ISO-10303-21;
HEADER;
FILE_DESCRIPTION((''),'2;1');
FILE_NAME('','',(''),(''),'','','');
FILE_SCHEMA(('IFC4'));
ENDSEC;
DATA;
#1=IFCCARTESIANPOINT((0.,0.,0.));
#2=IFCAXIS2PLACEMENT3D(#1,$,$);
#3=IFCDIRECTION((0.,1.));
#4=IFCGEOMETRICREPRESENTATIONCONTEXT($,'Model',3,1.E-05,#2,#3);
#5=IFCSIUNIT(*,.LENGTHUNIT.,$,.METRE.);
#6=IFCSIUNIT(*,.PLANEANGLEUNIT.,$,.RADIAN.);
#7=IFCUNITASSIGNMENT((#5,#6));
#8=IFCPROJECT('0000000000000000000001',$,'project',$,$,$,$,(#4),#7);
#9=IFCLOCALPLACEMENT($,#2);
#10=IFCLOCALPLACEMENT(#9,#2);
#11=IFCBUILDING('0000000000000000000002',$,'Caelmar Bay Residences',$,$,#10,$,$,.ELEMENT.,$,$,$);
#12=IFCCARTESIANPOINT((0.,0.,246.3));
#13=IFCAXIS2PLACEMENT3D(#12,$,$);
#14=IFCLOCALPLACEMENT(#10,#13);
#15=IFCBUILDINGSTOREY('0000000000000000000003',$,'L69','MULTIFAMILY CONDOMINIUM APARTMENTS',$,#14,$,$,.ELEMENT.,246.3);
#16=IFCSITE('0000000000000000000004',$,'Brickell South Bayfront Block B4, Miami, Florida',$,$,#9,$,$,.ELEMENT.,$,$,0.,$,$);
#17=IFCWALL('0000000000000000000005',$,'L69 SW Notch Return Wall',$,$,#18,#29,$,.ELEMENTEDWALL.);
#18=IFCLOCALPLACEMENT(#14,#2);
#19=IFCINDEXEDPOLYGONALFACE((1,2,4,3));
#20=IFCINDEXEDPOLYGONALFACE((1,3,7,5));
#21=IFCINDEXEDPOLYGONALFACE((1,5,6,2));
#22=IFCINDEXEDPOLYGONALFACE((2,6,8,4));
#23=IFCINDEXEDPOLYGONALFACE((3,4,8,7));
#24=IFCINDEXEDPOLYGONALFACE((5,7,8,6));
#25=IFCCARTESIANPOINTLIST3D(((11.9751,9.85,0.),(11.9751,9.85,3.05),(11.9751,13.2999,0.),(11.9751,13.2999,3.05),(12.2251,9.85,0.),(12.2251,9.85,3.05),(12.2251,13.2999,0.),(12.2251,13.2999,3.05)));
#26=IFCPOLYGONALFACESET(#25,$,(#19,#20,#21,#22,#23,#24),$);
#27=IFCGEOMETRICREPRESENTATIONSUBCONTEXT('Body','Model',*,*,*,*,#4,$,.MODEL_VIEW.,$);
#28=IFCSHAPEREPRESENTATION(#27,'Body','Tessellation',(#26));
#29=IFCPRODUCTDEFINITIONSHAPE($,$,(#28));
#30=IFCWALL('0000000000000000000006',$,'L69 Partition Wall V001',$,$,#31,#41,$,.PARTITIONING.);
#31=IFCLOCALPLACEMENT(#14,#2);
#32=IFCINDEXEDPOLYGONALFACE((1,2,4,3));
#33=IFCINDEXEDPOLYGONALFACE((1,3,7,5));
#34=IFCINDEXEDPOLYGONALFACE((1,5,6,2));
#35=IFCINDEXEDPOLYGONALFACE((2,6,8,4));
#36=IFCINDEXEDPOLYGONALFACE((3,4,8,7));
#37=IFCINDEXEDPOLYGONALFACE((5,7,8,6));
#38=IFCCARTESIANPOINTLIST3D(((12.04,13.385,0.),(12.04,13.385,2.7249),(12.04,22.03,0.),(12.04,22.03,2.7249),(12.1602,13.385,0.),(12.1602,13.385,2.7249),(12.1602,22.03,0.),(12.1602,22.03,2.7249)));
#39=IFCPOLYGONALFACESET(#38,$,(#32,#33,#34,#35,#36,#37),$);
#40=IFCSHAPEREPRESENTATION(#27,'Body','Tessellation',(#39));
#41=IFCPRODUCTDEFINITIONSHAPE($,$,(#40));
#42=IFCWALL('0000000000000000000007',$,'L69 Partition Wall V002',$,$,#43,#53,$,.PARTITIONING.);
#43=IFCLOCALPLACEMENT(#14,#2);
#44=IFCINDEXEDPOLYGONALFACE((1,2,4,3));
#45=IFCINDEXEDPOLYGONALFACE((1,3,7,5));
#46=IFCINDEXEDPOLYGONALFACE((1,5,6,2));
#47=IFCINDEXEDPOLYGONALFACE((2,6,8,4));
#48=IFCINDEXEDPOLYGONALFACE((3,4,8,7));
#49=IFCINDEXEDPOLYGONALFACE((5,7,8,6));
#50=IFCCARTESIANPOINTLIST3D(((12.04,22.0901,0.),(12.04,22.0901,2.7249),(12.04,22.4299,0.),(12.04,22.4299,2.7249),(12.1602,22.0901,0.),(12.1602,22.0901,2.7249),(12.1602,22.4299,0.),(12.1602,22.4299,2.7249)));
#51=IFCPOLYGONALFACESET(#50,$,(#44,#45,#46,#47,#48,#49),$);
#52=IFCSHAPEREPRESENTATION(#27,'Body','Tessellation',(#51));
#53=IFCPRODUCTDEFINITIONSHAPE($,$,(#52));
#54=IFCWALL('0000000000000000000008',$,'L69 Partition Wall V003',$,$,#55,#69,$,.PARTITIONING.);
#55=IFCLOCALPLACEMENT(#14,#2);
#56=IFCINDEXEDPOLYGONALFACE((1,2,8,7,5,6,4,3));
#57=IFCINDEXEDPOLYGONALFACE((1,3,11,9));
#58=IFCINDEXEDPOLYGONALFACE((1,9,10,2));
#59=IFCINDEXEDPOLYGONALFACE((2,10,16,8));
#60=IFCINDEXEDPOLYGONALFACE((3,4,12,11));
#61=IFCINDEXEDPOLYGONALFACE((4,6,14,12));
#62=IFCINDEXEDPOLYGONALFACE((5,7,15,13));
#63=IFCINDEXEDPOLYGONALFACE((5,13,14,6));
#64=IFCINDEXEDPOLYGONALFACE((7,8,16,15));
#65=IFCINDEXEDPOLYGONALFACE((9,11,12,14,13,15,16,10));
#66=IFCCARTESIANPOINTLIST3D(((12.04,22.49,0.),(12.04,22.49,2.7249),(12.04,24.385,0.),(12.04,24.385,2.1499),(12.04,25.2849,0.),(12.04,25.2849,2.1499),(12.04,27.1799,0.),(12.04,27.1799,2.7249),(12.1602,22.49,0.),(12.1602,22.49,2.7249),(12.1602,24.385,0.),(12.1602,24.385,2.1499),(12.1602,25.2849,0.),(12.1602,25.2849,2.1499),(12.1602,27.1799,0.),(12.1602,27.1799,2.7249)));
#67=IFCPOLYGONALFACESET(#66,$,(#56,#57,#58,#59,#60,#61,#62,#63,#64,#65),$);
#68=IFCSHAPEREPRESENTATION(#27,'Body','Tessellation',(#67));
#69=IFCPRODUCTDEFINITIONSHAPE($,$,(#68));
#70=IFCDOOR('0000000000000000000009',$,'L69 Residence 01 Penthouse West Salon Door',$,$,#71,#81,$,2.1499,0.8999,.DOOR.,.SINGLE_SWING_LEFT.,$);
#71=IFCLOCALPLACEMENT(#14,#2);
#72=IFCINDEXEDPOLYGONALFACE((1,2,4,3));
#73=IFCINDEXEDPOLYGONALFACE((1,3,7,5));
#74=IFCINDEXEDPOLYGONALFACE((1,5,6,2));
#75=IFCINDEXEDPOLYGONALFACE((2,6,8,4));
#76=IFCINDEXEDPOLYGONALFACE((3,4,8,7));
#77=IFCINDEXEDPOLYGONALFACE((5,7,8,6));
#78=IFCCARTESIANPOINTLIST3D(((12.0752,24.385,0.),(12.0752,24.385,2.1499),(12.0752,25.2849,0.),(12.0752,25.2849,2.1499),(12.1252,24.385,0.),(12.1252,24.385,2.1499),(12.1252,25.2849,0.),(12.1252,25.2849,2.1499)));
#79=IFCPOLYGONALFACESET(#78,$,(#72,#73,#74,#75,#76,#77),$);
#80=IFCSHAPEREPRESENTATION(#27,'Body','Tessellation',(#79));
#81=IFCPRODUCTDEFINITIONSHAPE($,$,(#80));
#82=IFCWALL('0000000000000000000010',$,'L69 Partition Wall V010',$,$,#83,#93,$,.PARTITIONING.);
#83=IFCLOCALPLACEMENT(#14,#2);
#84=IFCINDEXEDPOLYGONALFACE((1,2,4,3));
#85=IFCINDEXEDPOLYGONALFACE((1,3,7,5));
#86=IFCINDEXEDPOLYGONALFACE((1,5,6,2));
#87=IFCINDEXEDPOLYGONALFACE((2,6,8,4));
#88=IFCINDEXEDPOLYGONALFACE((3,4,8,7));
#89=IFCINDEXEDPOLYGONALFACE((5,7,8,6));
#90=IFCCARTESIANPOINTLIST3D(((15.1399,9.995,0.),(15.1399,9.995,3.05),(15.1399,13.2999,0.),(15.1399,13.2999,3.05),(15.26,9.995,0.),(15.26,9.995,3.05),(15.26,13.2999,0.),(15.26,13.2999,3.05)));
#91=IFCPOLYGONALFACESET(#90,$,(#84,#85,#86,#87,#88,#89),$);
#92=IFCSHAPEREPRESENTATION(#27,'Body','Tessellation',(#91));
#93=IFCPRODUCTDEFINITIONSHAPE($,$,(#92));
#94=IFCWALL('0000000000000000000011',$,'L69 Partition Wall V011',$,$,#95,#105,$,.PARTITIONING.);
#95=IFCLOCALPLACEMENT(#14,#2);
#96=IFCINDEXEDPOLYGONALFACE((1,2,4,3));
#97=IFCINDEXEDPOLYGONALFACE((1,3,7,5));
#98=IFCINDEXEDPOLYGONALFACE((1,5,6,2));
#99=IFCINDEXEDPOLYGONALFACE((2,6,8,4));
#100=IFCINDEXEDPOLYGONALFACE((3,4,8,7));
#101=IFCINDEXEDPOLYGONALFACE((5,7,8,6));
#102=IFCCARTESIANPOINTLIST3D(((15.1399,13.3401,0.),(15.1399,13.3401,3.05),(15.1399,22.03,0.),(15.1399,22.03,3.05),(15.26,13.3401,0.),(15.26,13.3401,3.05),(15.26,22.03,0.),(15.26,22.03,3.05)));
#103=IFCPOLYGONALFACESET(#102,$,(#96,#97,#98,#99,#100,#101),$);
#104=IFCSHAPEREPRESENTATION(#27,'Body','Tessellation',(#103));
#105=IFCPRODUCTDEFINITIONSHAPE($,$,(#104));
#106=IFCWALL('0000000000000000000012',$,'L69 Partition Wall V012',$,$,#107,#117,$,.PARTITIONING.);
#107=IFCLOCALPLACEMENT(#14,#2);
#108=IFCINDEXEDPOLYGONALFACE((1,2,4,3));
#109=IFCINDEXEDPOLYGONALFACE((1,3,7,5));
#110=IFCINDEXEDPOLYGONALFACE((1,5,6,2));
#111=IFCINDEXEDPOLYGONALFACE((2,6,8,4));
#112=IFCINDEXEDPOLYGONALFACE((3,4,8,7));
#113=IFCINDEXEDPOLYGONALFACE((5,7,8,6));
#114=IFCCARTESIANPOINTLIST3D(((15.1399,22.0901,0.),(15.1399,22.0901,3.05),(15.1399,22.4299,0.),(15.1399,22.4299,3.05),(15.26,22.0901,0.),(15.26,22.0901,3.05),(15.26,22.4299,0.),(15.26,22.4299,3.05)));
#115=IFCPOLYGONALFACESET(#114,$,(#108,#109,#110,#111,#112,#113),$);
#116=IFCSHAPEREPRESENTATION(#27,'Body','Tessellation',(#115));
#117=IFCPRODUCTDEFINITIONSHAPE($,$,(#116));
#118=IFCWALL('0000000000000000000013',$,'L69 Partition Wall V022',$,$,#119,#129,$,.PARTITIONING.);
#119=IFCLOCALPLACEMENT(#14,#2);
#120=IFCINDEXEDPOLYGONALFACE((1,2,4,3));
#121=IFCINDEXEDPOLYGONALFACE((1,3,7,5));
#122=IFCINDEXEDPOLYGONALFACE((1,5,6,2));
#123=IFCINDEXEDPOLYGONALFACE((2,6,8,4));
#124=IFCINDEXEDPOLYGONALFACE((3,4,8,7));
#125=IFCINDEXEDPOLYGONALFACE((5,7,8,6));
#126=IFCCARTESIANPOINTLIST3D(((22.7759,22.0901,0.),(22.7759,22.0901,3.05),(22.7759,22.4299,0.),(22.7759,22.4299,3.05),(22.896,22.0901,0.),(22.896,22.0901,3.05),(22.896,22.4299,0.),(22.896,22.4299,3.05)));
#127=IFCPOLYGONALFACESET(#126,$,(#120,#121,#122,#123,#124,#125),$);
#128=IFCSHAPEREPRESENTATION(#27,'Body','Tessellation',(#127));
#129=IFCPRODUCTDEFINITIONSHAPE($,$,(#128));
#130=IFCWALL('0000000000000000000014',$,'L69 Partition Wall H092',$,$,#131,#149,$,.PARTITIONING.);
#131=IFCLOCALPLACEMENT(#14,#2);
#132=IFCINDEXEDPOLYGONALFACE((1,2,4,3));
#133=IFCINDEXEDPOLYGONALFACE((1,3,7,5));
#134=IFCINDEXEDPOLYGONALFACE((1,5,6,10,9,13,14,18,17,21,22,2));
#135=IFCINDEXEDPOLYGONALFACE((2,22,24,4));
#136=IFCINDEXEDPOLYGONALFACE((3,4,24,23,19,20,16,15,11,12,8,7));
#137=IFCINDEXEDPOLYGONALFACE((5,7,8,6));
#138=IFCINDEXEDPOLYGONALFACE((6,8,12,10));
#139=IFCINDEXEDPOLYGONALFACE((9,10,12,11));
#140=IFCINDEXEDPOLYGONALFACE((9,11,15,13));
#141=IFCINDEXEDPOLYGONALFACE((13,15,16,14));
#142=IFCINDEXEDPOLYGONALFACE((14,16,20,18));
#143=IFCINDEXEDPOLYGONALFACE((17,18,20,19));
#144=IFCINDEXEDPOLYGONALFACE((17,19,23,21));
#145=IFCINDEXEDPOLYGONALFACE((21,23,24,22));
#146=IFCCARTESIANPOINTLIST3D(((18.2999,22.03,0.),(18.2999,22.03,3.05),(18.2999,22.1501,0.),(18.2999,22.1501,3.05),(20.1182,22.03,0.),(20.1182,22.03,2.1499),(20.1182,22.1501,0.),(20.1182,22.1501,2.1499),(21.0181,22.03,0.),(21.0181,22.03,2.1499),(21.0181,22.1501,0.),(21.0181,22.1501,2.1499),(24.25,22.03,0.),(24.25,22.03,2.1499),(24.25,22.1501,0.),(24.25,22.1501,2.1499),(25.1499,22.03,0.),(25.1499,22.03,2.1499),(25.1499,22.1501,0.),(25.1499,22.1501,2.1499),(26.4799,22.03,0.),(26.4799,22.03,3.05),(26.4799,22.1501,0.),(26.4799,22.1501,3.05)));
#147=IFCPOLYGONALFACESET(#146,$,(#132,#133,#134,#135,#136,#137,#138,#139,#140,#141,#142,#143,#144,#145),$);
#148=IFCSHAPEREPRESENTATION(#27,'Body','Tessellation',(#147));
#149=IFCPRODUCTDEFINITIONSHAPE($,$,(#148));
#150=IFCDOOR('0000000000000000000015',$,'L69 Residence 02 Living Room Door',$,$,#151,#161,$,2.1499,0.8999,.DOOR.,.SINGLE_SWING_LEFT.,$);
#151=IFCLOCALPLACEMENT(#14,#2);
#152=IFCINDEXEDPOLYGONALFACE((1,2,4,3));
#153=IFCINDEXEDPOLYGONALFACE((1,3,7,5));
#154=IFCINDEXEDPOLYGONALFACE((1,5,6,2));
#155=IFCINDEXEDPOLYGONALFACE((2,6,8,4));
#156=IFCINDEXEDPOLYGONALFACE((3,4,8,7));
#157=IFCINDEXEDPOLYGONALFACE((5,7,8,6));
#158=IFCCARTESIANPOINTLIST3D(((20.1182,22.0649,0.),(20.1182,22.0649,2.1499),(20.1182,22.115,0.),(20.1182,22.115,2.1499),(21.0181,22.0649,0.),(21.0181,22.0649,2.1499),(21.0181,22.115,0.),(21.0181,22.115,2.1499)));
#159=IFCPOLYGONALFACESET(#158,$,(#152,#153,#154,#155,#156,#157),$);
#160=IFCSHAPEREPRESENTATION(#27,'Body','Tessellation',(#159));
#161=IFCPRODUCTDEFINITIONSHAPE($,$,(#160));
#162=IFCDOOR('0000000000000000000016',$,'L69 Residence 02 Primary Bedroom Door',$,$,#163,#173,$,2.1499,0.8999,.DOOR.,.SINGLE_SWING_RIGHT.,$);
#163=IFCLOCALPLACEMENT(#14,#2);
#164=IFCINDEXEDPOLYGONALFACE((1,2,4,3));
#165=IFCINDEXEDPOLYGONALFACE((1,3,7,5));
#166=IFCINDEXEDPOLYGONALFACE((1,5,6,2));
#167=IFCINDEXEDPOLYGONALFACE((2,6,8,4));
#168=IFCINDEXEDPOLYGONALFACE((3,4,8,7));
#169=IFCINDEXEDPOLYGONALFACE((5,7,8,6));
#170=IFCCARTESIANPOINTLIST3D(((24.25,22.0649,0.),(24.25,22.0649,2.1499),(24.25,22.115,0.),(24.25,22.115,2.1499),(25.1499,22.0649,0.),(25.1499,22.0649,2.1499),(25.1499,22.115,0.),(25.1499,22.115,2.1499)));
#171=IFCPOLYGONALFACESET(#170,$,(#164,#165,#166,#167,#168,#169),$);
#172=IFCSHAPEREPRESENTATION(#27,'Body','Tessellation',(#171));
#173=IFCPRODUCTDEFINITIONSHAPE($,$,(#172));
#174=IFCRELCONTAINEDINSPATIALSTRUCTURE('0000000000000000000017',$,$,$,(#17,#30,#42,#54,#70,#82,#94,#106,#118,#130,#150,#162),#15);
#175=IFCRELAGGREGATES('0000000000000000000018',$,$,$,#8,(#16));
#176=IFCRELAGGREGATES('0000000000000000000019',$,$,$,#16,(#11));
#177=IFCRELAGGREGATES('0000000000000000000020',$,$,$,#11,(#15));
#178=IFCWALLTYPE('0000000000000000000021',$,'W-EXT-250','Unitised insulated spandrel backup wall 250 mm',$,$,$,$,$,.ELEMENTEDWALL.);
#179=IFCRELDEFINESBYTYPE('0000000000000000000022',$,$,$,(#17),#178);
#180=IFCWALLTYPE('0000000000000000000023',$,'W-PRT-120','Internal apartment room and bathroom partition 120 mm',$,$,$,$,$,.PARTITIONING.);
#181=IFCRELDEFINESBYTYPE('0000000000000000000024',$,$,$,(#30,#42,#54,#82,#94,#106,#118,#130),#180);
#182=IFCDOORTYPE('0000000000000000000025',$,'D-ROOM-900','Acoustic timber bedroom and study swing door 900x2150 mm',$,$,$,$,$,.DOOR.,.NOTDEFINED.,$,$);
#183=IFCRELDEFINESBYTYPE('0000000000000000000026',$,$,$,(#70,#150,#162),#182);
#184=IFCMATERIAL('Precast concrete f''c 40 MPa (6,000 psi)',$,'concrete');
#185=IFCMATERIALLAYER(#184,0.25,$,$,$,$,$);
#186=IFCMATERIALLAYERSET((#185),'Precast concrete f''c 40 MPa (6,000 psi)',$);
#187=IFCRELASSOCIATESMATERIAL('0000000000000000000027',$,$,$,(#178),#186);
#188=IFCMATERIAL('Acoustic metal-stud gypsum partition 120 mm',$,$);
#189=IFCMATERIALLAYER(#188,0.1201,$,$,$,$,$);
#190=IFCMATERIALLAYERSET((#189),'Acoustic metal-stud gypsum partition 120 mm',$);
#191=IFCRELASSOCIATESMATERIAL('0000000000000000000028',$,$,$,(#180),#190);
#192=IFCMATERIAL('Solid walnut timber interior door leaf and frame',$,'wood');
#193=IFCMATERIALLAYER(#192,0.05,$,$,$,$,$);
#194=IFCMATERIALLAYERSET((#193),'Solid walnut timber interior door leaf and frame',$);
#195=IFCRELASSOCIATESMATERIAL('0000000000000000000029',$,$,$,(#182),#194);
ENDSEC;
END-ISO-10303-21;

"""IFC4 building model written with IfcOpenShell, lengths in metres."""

from ifc_helpers import new_model, si_unit, direction, frame, frame_2d, origin, place, context, subcontext, project, spatial, rectangle, extrude, material, layer, layer_set, type_object, element, fill, save


model = new_model("IFC4")

# Units and contexts
model_context = context("Model", 3, precision=1e-05, world=origin(), true_north=direction((0.0, 1.0)))
body_context = subcontext(model_context, "Body", "Model", "MODEL_VIEW")
ifc_project = project(units=[si_unit("LENGTHUNIT", "METRE"), si_unit("PLANEANGLEUNIT", "RADIAN")], contexts=[model_context])

# Site, building, storey
site_placement = place(None, origin())
site = spatial("IfcSite", under=ifc_project, at=site_placement, Name="Brickell South Bayfront Block B4, Miami, Florida", CompositionType="ELEMENT", RefElevation=0.0)
building_placement = place(site_placement, origin())
building = spatial("IfcBuilding", under=site, at=building_placement, Name="Caelmar Bay Residences", CompositionType="ELEMENT")
storey_placement = place(building_placement, frame((0.0, 0.0, 246.3)))
storey = spatial("IfcBuildingStorey", under=building, at=storey_placement, Name="L69", Description="MULTIFAMILY CONDOMINIUM APARTMENTS", CompositionType="ELEMENT", Elevation=246.3)

# Walls
ifc_material_1 = material(Name="Precast concrete f'c 40 MPa (6,000 psi)", Category="concrete")
ifc_layer_1 = layer(ifc_material_1, 0.25)
ifc_layer_set_1 = layer_set([ifc_layer_1], Name="Precast concrete f'c 40 MPa (6,000 psi)")
wall_type_1 = type_object("IfcWallType", Name="W-EXT-250", Description="Unitised insulated spandrel backup wall 250 mm", PredefinedType="ELEMENTEDWALL", material=ifc_layer_set_1)
wall_1_placement = place(storey_placement, frame((12.1001, 13.3, 0.0), z_axis=(0.0, 0.0, 1.0), x_axis=(0.0, -1.0, 0.0)))
element("IfcWall", 1, at=wall_1_placement, inside=storey, type_object=wall_type_1, Name="L69 SW Notch Return Wall", PredefinedType="ELEMENTEDWALL", context=body_context, shape_type="SweptSolid", body=[
    extrude(rectangle(XDim=3.45, YDim=0.25, at=frame_2d((1.7251, 0.0))), origin(), (0.0, 0.0, 1.0), 3.05),
])
ifc_material_2 = material(Name="Acoustic metal-stud gypsum partition 120 mm")
ifc_layer_2 = layer(ifc_material_2, 0.1201)
ifc_layer_set_2 = layer_set([ifc_layer_2], Name="Acoustic metal-stud gypsum partition 120 mm")
wall_type_2 = type_object("IfcWallType", Name="W-PRT-120", Description="Internal apartment room and bathroom partition 120 mm", PredefinedType="PARTITIONING", material=ifc_layer_set_2)
wall_2_placement = place(storey_placement, frame((12.1001, 13.385, 0.0), z_axis=(0.0, 0.0, 1.0), x_axis=(0.0, 1.0, 0.0)))
element("IfcWall", 2, at=wall_2_placement, inside=storey, type_object=wall_type_2, Name="L69 Partition Wall V001", PredefinedType="PARTITIONING", context=body_context, shape_type="SweptSolid", body=[
    extrude(rectangle(XDim=8.645, YDim=0.1201, at=frame_2d((4.3225, 0.0))), origin(), (0.0, 0.0, 1.0), 2.7249),
])
wall_3_placement = place(storey_placement, frame((12.1001, 22.0901, 0.0), z_axis=(0.0, 0.0, 1.0), x_axis=(0.0, 1.0, 0.0)))
element("IfcWall", 3, at=wall_3_placement, inside=storey, type_object=wall_type_2, Name="L69 Partition Wall V002", PredefinedType="PARTITIONING", context=body_context, shape_type="SweptSolid", body=[
    extrude(rectangle(XDim=0.3398, YDim=0.1201, at=frame_2d((0.1699, 0.0))), origin(), (0.0, 0.0, 1.0), 2.7249),
])

# Wall, opening, door
wall_4_placement = place(storey_placement, frame((12.1001, 22.49, 0.0), z_axis=(0.0, 0.0, 1.0), x_axis=(0.0, 1.0, 0.0)))
wall_4 = element("IfcWall", 4, at=wall_4_placement, inside=storey, type_object=wall_type_2, Name="L69 Partition Wall V003", PredefinedType="PARTITIONING", context=body_context, shape_type="SweptSolid", body=[
    extrude(rectangle(XDim=4.6899, YDim=0.1201, at=frame_2d((2.345, 0.0))), origin(), (0.0, 0.0, 1.0), 2.7249),
])
opening_1_placement = place(wall_4_placement, frame((1.895, 0.0, 0.0)))
opening_1 = element("IfcOpeningElement", 5, at=opening_1_placement, cuts=wall_4, PredefinedType="OPENING", context=body_context, shape_type="SweptSolid", body=[
    extrude(rectangle(XDim=0.8999, YDim=2.1499, at=frame_2d((0.45, 1.075))), frame((0.0, 0.0701, 0.0), z_axis=(0.0, -1.0, 0.0), x_axis=(1.0, 0.0, 0.0)), (0.0, 0.0, 1.0), 0.1401),
])
ifc_material_3 = material(Name="Solid walnut timber interior door leaf and frame", Category="wood")
ifc_layer_3 = layer(ifc_material_3, 0.05)
ifc_layer_set_3 = layer_set([ifc_layer_3], Name="Solid walnut timber interior door leaf and frame")
door_type = type_object("IfcDoorType", Name="D-ROOM-900", Description="Acoustic timber bedroom and study swing door 900x2150 mm", OperationType="NOTDEFINED", PredefinedType="DOOR", material=ifc_layer_set_3)
door_1_placement = place(opening_1_placement, origin())
door_1 = element("IfcDoor", 6, at=door_1_placement, inside=storey, type_object=door_type, Name="L69 Residence 01 Penthouse West Salon Door", OperationType="SINGLE_SWING_LEFT", OverallHeight=2.1499, OverallWidth=0.8999, PredefinedType="DOOR", context=body_context, shape_type="SweptSolid", body=[
    extrude(rectangle(XDim=0.8999, YDim=2.1499, at=frame_2d((0.45, 1.075))), frame((0.0, 0.0249, 0.0), z_axis=(0.0, -1.0, 0.0), x_axis=(1.0, 0.0, 0.0)), (0.0, 0.0, 1.0), 0.05),
])
fill(opening_1, door_1)

# Walls
wall_5_placement = place(storey_placement, frame((15.2, 9.9951, 0.0), z_axis=(0.0, 0.0, 1.0), x_axis=(0.0, 1.0, 0.0)))
element("IfcWall", 7, at=wall_5_placement, inside=storey, type_object=wall_type_2, Name="L69 Partition Wall V010", PredefinedType="PARTITIONING", context=body_context, shape_type="SweptSolid", body=[
    extrude(rectangle(XDim=3.3049, YDim=0.1201, at=frame_2d((1.6523, 0.0))), origin(), (0.0, 0.0, 1.0), 3.05),
])
wall_6_placement = place(storey_placement, frame((15.2, 13.3401, 0.0), z_axis=(0.0, 0.0, 1.0), x_axis=(0.0, 1.0, 0.0)))
element("IfcWall", 8, at=wall_6_placement, inside=storey, type_object=wall_type_2, Name="L69 Partition Wall V011", PredefinedType="PARTITIONING", context=body_context, shape_type="SweptSolid", body=[
    extrude(rectangle(XDim=8.6899, YDim=0.1201, at=frame_2d((4.345, 0.0))), origin(), (0.0, 0.0, 1.0), 3.05),
])
for number, where, z_axis, x_axis, name in (
    (9, (15.2, 22.0901, 0.0), (0.0, 0.0, 1.0), (0.0, 1.0, 0.0), "L69 Partition Wall V012"),
    (10, (22.8359, 22.0901, 0.0), (0.0, 0.0, 1.0), (0.0, 1.0, 0.0), "L69 Partition Wall V022"),
):
    element("IfcWall", number, at=place(storey_placement, frame(where, z_axis=z_axis, x_axis=x_axis)), inside=storey, type_object=wall_type_2, Name=name, PredefinedType="PARTITIONING", context=body_context, shape_type="SweptSolid", body=[
        extrude(rectangle(XDim=0.3398, YDim=0.1201, at=frame_2d((0.1699, 0.0))), origin(), (0.0, 0.0, 1.0), 3.05),
    ])

# Wall, openings, doors
wall_7_placement = place(storey_placement, frame((18.3, 22.0901, 0.0), z_axis=(0.0, 0.0, 1.0), x_axis=(1.0, 0.0, 0.0)))
wall_7 = element("IfcWall", 11, at=wall_7_placement, inside=storey, type_object=wall_type_2, Name="L69 Partition Wall H092", PredefinedType="PARTITIONING", context=body_context, shape_type="SweptSolid", body=[
    extrude(rectangle(XDim=8.1799, YDim=0.1201, at=frame_2d((4.0898, 0.0))), origin(), (0.0, 0.0, 1.0), 3.05),
])
opening_2_placement = place(wall_7_placement, frame((1.8181, 0.0, 0.0)))
opening_2 = element("IfcOpeningElement", 12, at=opening_2_placement, cuts=wall_7, PredefinedType="OPENING", context=body_context, shape_type="SweptSolid", body=[
    extrude(rectangle(XDim=0.8999, YDim=2.1499, at=frame_2d((0.45, 1.075))), frame((0.0, 0.0701, 0.0), z_axis=(0.0, -1.0, 0.0), x_axis=(1.0, 0.0, 0.0)), (0.0, 0.0, 1.0), 0.1401),
])
opening_3_placement = place(wall_7_placement, frame((5.95, 0.0, 0.0)))
opening_3 = element("IfcOpeningElement", 13, at=opening_3_placement, cuts=wall_7, PredefinedType="OPENING", context=body_context, shape_type="SweptSolid", body=[
    extrude(rectangle(XDim=0.8999, YDim=2.1499, at=frame_2d((0.45, 1.075))), frame((0.0, 0.0701, 0.0), z_axis=(0.0, -1.0, 0.0), x_axis=(1.0, 0.0, 0.0)), (0.0, 0.0, 1.0), 0.1401),
])
door_2_placement = place(opening_2_placement, origin())
door_2 = element("IfcDoor", 14, at=door_2_placement, inside=storey, type_object=door_type, Name="L69 Residence 02 Living Room Door", OperationType="SINGLE_SWING_LEFT", OverallHeight=2.1499, OverallWidth=0.8999, PredefinedType="DOOR", context=body_context, shape_type="SweptSolid", body=[
    extrude(rectangle(XDim=0.8999, YDim=2.1499, at=frame_2d((0.45, 1.075))), frame((0.0, 0.0249, 0.0), z_axis=(0.0, -1.0, 0.0), x_axis=(1.0, 0.0, 0.0)), (0.0, 0.0, 1.0), 0.05),
])
fill(opening_2, door_2)
door_3_placement = place(opening_3_placement, origin())
door_3 = element("IfcDoor", 15, at=door_3_placement, inside=storey, type_object=door_type, Name="L69 Residence 02 Primary Bedroom Door", OperationType="SINGLE_SWING_RIGHT", OverallHeight=2.1499, OverallWidth=0.8999, PredefinedType="DOOR", context=body_context, shape_type="SweptSolid", body=[
    extrude(rectangle(XDim=0.8999, YDim=2.1499, at=frame_2d((0.45, 1.075))), frame((0.0, 0.0249, 0.0), z_axis=(0.0, -1.0, 0.0), x_axis=(1.0, 0.0, 0.0)), (0.0, 0.0, 1.0), 0.05),
])
fill(opening_3, door_3)

save(model, "model.ifc")
